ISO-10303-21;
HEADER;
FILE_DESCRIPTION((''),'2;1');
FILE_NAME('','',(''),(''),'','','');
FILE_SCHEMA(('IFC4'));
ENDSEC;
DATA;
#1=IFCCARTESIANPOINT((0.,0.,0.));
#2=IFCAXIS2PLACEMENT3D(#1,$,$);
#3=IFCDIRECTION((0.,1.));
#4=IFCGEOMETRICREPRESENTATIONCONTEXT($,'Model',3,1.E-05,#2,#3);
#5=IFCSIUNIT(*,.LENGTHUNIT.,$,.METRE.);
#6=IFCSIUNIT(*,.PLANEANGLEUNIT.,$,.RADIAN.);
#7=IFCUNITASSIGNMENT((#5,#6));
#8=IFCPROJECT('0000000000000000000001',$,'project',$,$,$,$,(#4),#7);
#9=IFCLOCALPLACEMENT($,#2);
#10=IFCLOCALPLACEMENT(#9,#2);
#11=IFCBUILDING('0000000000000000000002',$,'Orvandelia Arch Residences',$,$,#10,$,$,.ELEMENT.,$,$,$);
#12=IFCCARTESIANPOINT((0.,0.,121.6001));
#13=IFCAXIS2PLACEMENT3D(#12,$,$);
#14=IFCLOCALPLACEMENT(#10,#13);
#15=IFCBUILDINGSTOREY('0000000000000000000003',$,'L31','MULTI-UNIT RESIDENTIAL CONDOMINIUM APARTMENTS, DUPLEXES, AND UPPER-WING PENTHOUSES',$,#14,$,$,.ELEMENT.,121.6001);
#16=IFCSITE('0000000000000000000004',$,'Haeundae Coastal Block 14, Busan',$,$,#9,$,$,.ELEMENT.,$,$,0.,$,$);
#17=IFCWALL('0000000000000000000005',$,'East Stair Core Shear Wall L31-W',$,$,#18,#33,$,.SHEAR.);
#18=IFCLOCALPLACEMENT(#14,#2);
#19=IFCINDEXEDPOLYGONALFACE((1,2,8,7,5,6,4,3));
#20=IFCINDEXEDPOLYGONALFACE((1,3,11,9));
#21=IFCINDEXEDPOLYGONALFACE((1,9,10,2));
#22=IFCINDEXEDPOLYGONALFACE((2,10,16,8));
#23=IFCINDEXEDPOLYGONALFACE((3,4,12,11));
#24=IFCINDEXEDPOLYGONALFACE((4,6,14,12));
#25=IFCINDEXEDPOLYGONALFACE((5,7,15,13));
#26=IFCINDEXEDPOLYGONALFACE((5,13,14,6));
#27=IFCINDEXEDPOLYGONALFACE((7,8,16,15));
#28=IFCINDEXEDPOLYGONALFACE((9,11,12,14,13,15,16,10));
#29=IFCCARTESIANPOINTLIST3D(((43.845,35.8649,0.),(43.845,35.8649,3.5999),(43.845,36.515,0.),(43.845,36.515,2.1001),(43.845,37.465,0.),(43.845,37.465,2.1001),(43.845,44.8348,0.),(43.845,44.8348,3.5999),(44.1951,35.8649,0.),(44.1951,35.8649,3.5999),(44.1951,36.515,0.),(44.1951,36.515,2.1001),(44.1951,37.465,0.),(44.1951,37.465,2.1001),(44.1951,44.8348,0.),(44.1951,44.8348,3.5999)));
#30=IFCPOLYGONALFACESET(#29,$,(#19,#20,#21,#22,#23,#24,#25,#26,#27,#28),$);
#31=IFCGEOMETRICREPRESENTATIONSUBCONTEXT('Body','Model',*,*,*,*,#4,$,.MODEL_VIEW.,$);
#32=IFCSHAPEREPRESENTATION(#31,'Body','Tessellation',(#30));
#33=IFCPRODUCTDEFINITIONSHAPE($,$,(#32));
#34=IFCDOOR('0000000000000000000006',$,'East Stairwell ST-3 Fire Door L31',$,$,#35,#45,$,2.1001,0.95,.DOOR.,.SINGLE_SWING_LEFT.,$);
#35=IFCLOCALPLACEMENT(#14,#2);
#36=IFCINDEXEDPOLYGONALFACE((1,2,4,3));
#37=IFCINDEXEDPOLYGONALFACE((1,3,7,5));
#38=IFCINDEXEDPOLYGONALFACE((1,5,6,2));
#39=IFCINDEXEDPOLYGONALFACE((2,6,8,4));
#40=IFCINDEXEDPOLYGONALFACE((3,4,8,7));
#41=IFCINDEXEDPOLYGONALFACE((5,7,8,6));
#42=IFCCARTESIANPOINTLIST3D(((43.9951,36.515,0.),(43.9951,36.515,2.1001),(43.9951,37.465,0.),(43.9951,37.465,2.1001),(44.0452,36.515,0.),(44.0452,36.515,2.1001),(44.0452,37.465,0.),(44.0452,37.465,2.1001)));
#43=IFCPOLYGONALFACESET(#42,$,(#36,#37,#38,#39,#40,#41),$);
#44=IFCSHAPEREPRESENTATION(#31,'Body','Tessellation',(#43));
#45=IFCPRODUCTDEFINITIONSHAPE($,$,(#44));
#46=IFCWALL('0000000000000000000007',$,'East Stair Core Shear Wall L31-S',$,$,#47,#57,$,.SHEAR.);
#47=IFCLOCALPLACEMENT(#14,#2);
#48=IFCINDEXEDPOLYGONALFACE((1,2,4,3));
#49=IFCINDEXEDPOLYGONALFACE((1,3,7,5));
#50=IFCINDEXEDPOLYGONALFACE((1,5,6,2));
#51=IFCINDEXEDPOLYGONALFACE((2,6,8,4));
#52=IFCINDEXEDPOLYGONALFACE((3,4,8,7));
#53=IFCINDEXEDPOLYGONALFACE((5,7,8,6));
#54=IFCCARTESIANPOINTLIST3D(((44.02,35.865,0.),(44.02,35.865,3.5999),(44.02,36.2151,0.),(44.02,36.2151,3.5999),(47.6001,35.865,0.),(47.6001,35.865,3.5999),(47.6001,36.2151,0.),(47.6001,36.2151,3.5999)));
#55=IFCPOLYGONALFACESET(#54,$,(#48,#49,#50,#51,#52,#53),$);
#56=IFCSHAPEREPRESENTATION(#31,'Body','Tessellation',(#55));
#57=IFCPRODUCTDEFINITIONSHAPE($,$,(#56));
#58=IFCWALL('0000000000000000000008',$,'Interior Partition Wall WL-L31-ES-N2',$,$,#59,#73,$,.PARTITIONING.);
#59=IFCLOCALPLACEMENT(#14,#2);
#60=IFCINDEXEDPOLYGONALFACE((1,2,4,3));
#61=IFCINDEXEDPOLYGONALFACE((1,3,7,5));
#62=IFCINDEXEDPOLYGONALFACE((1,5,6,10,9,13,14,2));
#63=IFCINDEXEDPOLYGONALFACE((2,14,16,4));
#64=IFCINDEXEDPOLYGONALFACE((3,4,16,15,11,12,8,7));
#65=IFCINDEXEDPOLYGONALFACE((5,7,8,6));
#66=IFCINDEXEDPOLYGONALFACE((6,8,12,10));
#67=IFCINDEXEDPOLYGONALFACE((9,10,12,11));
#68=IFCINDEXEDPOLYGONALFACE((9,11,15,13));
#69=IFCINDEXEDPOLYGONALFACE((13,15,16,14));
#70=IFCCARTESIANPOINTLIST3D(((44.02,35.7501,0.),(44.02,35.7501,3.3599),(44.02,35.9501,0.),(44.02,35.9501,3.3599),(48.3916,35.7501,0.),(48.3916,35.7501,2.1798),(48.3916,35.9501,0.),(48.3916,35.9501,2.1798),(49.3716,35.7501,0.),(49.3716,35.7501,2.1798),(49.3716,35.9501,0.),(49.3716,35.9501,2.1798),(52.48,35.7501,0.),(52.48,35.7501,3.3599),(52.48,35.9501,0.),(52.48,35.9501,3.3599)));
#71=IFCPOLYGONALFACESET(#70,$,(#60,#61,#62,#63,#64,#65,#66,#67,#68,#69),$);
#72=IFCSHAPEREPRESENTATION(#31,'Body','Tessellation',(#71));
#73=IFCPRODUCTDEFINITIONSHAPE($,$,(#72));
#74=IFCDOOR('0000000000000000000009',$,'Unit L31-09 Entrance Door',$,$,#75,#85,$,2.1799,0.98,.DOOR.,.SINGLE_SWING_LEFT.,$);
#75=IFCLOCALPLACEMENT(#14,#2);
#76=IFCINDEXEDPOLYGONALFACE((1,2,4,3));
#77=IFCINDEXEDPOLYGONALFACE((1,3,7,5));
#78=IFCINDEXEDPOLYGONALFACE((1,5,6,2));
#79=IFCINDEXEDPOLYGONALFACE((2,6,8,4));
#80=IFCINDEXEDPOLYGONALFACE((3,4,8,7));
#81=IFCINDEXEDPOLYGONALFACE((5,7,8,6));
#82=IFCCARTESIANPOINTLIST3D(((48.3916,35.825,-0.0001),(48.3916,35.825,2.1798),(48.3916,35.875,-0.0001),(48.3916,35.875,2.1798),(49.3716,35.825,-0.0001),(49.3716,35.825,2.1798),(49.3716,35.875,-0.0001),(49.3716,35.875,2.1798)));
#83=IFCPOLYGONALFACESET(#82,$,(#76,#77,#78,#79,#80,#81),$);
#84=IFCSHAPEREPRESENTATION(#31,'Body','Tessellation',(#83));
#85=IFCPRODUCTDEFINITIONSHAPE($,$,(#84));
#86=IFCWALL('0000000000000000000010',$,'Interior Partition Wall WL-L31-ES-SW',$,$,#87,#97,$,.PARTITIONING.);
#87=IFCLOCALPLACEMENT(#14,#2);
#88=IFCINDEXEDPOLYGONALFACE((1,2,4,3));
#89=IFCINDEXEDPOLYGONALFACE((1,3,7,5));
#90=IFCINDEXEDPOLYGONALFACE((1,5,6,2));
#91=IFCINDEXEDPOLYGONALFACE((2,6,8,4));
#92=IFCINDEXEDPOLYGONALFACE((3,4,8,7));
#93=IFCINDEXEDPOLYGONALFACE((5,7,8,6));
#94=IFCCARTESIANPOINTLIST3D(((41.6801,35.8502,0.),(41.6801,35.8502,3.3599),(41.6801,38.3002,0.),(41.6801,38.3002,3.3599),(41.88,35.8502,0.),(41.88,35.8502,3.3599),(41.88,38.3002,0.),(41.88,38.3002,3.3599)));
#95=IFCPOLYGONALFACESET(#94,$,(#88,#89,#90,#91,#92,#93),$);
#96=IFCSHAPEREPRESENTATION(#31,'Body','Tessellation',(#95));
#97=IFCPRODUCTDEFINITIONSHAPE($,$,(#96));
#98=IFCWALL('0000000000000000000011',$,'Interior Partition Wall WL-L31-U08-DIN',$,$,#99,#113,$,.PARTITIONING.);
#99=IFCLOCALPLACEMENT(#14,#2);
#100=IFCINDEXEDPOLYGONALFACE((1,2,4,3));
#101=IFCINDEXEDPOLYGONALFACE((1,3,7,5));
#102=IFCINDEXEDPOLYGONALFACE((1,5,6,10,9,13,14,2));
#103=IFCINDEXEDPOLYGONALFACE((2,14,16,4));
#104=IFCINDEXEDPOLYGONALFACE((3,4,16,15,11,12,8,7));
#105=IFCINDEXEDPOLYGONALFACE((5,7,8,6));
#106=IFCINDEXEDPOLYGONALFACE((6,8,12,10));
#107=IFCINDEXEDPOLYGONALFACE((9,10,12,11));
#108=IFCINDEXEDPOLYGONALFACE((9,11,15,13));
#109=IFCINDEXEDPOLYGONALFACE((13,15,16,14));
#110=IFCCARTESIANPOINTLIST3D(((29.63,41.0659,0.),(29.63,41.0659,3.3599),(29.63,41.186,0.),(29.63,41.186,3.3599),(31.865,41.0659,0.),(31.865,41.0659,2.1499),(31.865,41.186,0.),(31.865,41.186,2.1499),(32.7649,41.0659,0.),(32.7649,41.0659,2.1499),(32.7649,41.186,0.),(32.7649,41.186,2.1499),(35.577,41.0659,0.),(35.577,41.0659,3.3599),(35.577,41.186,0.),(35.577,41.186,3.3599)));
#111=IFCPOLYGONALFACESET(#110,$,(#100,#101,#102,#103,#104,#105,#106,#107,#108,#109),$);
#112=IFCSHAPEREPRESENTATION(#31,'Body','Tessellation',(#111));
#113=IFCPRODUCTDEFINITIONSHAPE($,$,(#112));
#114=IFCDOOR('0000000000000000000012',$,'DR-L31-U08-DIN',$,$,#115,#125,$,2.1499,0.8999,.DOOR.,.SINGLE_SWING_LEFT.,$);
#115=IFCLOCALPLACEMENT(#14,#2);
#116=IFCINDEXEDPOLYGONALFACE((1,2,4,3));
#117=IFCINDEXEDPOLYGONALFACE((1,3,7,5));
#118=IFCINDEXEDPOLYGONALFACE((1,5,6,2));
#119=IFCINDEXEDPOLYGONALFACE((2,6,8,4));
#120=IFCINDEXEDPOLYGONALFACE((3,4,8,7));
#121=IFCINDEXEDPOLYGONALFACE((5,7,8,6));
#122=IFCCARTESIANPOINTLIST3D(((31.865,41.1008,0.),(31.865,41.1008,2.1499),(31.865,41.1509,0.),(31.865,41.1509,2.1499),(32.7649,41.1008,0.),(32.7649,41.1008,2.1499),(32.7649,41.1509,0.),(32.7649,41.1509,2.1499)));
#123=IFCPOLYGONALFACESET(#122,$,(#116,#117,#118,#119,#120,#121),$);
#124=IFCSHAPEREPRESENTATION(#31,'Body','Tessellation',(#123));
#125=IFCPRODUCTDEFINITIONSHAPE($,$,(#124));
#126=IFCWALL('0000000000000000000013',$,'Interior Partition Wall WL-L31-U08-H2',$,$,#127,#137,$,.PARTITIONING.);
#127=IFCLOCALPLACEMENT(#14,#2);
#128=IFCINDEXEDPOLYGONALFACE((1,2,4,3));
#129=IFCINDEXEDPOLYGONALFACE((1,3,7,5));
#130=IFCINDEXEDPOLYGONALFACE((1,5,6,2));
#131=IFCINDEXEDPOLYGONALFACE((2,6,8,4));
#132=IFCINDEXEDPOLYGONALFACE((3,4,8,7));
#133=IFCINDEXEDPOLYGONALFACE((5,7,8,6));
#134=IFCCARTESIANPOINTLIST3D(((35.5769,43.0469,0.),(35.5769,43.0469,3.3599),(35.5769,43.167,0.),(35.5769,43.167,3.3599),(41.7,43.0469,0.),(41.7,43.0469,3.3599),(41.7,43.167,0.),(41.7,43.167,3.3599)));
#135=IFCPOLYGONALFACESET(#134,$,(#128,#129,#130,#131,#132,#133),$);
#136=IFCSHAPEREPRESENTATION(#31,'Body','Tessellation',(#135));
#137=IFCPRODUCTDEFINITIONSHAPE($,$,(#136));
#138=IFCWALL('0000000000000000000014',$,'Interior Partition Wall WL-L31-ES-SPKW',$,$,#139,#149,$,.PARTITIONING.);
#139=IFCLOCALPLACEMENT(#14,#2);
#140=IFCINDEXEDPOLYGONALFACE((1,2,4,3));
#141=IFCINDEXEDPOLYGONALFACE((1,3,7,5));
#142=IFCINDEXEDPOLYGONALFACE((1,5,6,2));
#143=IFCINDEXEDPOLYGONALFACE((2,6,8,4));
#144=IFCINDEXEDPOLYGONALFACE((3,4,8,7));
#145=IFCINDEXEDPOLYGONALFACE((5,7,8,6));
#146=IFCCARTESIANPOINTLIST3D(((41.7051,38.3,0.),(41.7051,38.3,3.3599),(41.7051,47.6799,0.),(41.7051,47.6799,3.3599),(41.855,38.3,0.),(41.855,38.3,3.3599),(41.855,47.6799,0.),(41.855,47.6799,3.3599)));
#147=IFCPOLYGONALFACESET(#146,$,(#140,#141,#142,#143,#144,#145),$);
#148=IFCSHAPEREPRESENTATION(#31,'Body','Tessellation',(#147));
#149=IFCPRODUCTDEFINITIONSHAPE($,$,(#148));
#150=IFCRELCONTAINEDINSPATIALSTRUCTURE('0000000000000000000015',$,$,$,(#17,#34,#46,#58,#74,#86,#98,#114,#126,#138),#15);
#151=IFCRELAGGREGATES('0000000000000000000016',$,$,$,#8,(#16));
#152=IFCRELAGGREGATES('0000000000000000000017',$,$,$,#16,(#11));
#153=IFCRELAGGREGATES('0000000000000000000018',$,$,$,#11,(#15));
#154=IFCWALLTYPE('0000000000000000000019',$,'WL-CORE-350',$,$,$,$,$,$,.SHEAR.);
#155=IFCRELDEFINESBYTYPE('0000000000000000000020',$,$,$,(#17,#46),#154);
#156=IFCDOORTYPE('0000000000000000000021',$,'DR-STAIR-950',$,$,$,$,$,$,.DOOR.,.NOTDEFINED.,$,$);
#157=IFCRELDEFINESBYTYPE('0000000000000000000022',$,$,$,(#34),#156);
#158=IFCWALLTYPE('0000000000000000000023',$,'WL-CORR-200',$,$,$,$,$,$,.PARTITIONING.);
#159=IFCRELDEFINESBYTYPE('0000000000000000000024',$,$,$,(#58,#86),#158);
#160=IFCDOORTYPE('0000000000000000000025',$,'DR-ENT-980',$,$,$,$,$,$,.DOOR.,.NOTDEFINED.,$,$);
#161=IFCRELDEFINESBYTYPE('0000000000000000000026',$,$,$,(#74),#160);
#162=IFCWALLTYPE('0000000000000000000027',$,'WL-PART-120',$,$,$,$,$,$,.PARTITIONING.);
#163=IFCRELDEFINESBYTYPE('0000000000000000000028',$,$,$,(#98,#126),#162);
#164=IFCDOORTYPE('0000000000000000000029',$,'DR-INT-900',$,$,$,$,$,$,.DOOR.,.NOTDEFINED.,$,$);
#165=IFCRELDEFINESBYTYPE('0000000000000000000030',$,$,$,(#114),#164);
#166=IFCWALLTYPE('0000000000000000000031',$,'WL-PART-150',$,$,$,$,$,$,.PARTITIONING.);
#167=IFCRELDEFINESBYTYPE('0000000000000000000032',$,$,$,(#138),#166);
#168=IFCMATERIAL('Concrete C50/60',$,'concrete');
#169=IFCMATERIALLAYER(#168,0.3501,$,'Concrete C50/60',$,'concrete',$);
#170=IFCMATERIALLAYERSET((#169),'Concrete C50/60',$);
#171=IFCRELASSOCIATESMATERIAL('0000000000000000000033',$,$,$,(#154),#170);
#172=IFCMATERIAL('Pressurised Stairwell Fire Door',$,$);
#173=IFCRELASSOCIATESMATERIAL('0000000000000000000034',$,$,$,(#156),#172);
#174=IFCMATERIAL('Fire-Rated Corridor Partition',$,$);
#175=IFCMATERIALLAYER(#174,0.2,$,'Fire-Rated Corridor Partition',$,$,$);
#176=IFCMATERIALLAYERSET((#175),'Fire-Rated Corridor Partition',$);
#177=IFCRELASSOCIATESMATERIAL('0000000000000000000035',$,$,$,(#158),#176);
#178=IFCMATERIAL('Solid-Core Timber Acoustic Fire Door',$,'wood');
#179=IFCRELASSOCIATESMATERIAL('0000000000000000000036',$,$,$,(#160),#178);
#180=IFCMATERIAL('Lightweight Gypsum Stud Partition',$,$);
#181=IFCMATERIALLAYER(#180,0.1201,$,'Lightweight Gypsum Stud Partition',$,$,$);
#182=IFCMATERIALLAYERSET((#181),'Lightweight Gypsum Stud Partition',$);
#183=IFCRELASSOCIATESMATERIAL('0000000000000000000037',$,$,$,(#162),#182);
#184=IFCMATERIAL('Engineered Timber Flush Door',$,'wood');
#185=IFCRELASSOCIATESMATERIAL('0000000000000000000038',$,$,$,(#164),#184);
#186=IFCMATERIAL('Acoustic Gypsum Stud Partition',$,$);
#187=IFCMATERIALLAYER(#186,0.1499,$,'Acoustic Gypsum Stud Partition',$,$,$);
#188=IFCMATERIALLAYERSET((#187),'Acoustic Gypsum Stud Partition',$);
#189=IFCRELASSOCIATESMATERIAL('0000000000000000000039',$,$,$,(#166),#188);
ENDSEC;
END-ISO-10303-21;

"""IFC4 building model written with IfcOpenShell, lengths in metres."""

from ifc_helpers import new_model, si_unit, direction, frame, frame_2d, origin, place, context, subcontext, project, spatial, rectangle, extrude, material, layer, layer_set, type_object, element, fill, save


model = new_model("IFC4")

# Units and contexts
model_context = context("Model", 3, precision=1e-05, world=origin(), true_north=direction((0.0, 1.0)))
body_context = subcontext(model_context, "Body", "Model", "MODEL_VIEW")
ifc_project = project(units=[si_unit("LENGTHUNIT", "METRE"), si_unit("PLANEANGLEUNIT", "RADIAN")], contexts=[model_context])

# Site, building, storey
site_placement = place(None, origin())
site = spatial("IfcSite", under=ifc_project, at=site_placement, Name="Haeundae Coastal Block 14, Busan", CompositionType="ELEMENT", RefElevation=0.0)
building_placement = place(site_placement, origin())
building = spatial("IfcBuilding", under=site, at=building_placement, Name="Orvandelia Arch Residences", CompositionType="ELEMENT")
storey_placement = place(building_placement, frame((0.0, 0.0, 121.6001)))
storey = spatial("IfcBuildingStorey", under=building, at=storey_placement, Name="L31", Description="MULTI-UNIT RESIDENTIAL CONDOMINIUM APARTMENTS, DUPLEXES, AND UPPER-WING PENTHOUSES", CompositionType="ELEMENT", Elevation=121.6001)

# Wall, opening, door
ifc_material_1 = material(Name="Concrete C50/60", Category="concrete")
ifc_layer_1 = layer(ifc_material_1, 0.3501, Name="Concrete C50/60", Category="concrete")
ifc_layer_set_1 = layer_set([ifc_layer_1], Name="Concrete C50/60")
wall_type_1 = type_object("IfcWallType", Name="WL-CORE-350", PredefinedType="SHEAR", material=ifc_layer_set_1)
wall_1_placement = place(storey_placement, frame((44.02, 35.865, 0.0), z_axis=(0.0, 0.0, 1.0), x_axis=(0.0, 1.0, 0.0)))
wall_1 = element("IfcWall", 1, at=wall_1_placement, inside=storey, type_object=wall_type_1, Name="East Stair Core Shear Wall L31-W", PredefinedType="SHEAR", context=body_context, shape_type="SweptSolid", body=[
    extrude(rectangle(XDim=8.97, YDim=0.3501, at=frame_2d((4.4849, 0.0))), origin(), (0.0, 0.0, 1.0), 3.5999),
])
opening_1_placement = place(wall_1_placement, frame((0.6499, 0.0, 0.0)))
opening_1 = element("IfcOpeningElement", 2, at=opening_1_placement, cuts=wall_1, PredefinedType="OPENING", context=body_context, shape_type="SweptSolid", body=[
    extrude(rectangle(XDim=0.95, YDim=2.1001, at=frame_2d((0.4751, 1.05))), frame((0.0, 0.1851, 0.0), z_axis=(0.0, -1.0, 0.0), x_axis=(1.0, 0.0, 0.0)), (0.0, 0.0, 1.0), 0.3701),
])
ifc_material_2 = material(Name="Pressurised Stairwell Fire Door")
door_type_1 = type_object("IfcDoorType", Name="DR-STAIR-950", OperationType="NOTDEFINED", PredefinedType="DOOR", material=ifc_material_2)
door_1_placement = place(opening_1_placement, origin())
door_1 = element("IfcDoor", 3, at=door_1_placement, inside=storey, type_object=door_type_1, Name="East Stairwell ST-3 Fire Door L31", OperationType="SINGLE_SWING_LEFT", OverallHeight=2.1001, OverallWidth=0.95, PredefinedType="DOOR", context=body_context, shape_type="SweptSolid", body=[
    extrude(rectangle(XDim=0.95, YDim=2.1001, at=frame_2d((0.4751, 1.05))), frame((0.0, 0.0249, 0.0), z_axis=(0.0, -1.0, 0.0), x_axis=(1.0, 0.0, 0.0)), (0.0, 0.0, 1.0), 0.05),
])
fill(opening_1, door_1)

# Wall
wall_2_placement = place(storey_placement, frame((44.02, 36.04, 0.0), z_axis=(0.0, 0.0, 1.0), x_axis=(1.0, 0.0, 0.0)))
element("IfcWall", 4, at=wall_2_placement, inside=storey, type_object=wall_type_1, Name="East Stair Core Shear Wall L31-S", PredefinedType="SHEAR", context=body_context, shape_type="SweptSolid", body=[
    extrude(rectangle(XDim=3.5801, YDim=0.3501, at=frame_2d((1.79, 0.0))), origin(), (0.0, 0.0, 1.0), 3.5999),
])

# Wall, opening, door
ifc_material_3 = material(Name="Fire-Rated Corridor Partition")
ifc_layer_2 = layer(ifc_material_3, 0.2, Name="Fire-Rated Corridor Partition")
ifc_layer_set_2 = layer_set([ifc_layer_2], Name="Fire-Rated Corridor Partition")
wall_type_2 = type_object("IfcWallType", Name="WL-CORR-200", PredefinedType="PARTITIONING", material=ifc_layer_set_2)
wall_3_placement = place(storey_placement, frame((44.02, 35.8501, 0.0), z_axis=(0.0, 0.0, 1.0), x_axis=(1.0, 0.0, 0.0)))
wall_3 = element("IfcWall", 5, at=wall_3_placement, inside=storey, type_object=wall_type_2, Name="Interior Partition Wall WL-L31-ES-N2", PredefinedType="PARTITIONING", context=body_context, shape_type="SweptSolid", body=[
    extrude(rectangle(XDim=8.46, YDim=0.2, at=frame_2d((4.23, 0.0))), origin(), (0.0, 0.0, 1.0), 3.3599),
])
opening_2_placement = place(wall_3_placement, frame((4.3716, 0.0, 0.0)))
opening_2 = element("IfcOpeningElement", 6, at=opening_2_placement, cuts=wall_3, PredefinedType="OPENING", context=body_context, shape_type="SweptSolid", body=[
    extrude(rectangle(XDim=0.98, YDim=2.1799, at=frame_2d((0.49, 1.0898))), frame((0.0, 0.1099, 0.0), z_axis=(0.0, -1.0, 0.0), x_axis=(1.0, 0.0, 0.0)), (0.0, 0.0, 1.0), 0.22),
])
ifc_material_4 = material(Name="Solid-Core Timber Acoustic Fire Door", Category="wood")
door_type_2 = type_object("IfcDoorType", Name="DR-ENT-980", OperationType="NOTDEFINED", PredefinedType="DOOR", material=ifc_material_4)
door_2_placement = place(opening_2_placement, origin())
door_2 = element("IfcDoor", 7, at=door_2_placement, inside=storey, type_object=door_type_2, Name="Unit L31-09 Entrance Door", OperationType="SINGLE_SWING_LEFT", OverallHeight=2.1799, OverallWidth=0.98, PredefinedType="DOOR", context=body_context, shape_type="SweptSolid", body=[
    extrude(rectangle(XDim=0.98, YDim=2.1799, at=frame_2d((0.49, 1.0898))), frame((0.0, 0.0249, 0.0), z_axis=(0.0, -1.0, 0.0), x_axis=(1.0, 0.0, 0.0)), (0.0, 0.0, 1.0), 0.05),
])
fill(opening_2, door_2)

# Wall
wall_4_placement = place(storey_placement, frame((41.78, 35.8501, 0.0), z_axis=(0.0, 0.0, 1.0), x_axis=(0.0, 1.0, 0.0)))
element("IfcWall", 8, at=wall_4_placement, inside=storey, type_object=wall_type_2, Name="Interior Partition Wall WL-L31-ES-SW", PredefinedType="PARTITIONING", context=body_context, shape_type="SweptSolid", body=[
    extrude(rectangle(XDim=2.45, YDim=0.2, at=frame_2d((1.2251, 0.0))), origin(), (0.0, 0.0, 1.0), 3.3599),
])

# Wall, opening, door
ifc_material_5 = material(Name="Lightweight Gypsum Stud Partition")
ifc_layer_3 = layer(ifc_material_5, 0.1201, Name="Lightweight Gypsum Stud Partition")
ifc_layer_set_3 = layer_set([ifc_layer_3], Name="Lightweight Gypsum Stud Partition")
wall_type_3 = type_object("IfcWallType", Name="WL-PART-120", PredefinedType="PARTITIONING", material=ifc_layer_set_3)
wall_5_placement = place(storey_placement, frame((29.6299, 41.126, 0.0), z_axis=(0.0, 0.0, 1.0), x_axis=(1.0, 0.0, 0.0)))
wall_5 = element("IfcWall", 9, at=wall_5_placement, inside=storey, type_object=wall_type_3, Name="Interior Partition Wall WL-L31-U08-DIN", PredefinedType="PARTITIONING", context=body_context, shape_type="SweptSolid", body=[
    extrude(rectangle(XDim=5.947, YDim=0.1201, at=frame_2d((2.9736, 0.0))), origin(), (0.0, 0.0, 1.0), 3.3599),
])
opening_3_placement = place(wall_5_placement, frame((2.2351, 0.0, 0.0)))
opening_3 = element("IfcOpeningElement", 10, at=opening_3_placement, cuts=wall_5, PredefinedType="OPENING", context=body_context, shape_type="SweptSolid", body=[
    extrude(rectangle(XDim=0.8999, YDim=2.1499, at=frame_2d((0.45, 1.075))), frame((0.0, 0.0701, 0.0), z_axis=(0.0, -1.0, 0.0), x_axis=(1.0, 0.0, 0.0)), (0.0, 0.0, 1.0), 0.1401),
])
ifc_material_6 = material(Name="Engineered Timber Flush Door", Category="wood")
door_type_3 = type_object("IfcDoorType", Name="DR-INT-900", OperationType="NOTDEFINED", PredefinedType="DOOR", material=ifc_material_6)
door_3_placement = place(opening_3_placement, origin())
door_3 = element("IfcDoor", 11, at=door_3_placement, inside=storey, type_object=door_type_3, Name="DR-L31-U08-DIN", OperationType="SINGLE_SWING_LEFT", OverallHeight=2.1499, OverallWidth=0.8999, PredefinedType="DOOR", context=body_context, shape_type="SweptSolid", body=[
    extrude(rectangle(XDim=0.8999, YDim=2.1499, at=frame_2d((0.45, 1.075))), frame((0.0, 0.0249, 0.0), z_axis=(0.0, -1.0, 0.0), x_axis=(1.0, 0.0, 0.0)), (0.0, 0.0, 1.0), 0.05),
])
fill(opening_3, door_3)

# Walls
wall_6_placement = place(storey_placement, frame((35.5769, 43.1069, 0.0), z_axis=(0.0, 0.0, 1.0), x_axis=(1.0, 0.0, 0.0)))
element("IfcWall", 12, at=wall_6_placement, inside=storey, type_object=wall_type_3, Name="Interior Partition Wall WL-L31-U08-H2", PredefinedType="PARTITIONING", context=body_context, shape_type="SweptSolid", body=[
    extrude(rectangle(XDim=6.123, YDim=0.1201, at=frame_2d((3.0615, 0.0))), origin(), (0.0, 0.0, 1.0), 3.3599),
])
ifc_material_7 = material(Name="Acoustic Gypsum Stud Partition")
ifc_layer_4 = layer(ifc_material_7, 0.1499, Name="Acoustic Gypsum Stud Partition")
ifc_layer_set_4 = layer_set([ifc_layer_4], Name="Acoustic Gypsum Stud Partition")
wall_type_4 = type_object("IfcWallType", Name="WL-PART-150", PredefinedType="PARTITIONING", material=ifc_layer_set_4)
wall_7_placement = place(storey_placement, frame((41.78, 38.3, 0.0), z_axis=(0.0, 0.0, 1.0), x_axis=(0.0, 1.0, 0.0)))
element("IfcWall", 13, at=wall_7_placement, inside=storey, type_object=wall_type_4, Name="Interior Partition Wall WL-L31-ES-SPKW", PredefinedType="PARTITIONING", context=body_context, shape_type="SweptSolid", body=[
    extrude(rectangle(XDim=9.3799, YDim=0.1499, at=frame_2d((4.6899, 0.0))), origin(), (0.0, 0.0, 1.0), 3.3599),
])

save(model, "model.ifc")
